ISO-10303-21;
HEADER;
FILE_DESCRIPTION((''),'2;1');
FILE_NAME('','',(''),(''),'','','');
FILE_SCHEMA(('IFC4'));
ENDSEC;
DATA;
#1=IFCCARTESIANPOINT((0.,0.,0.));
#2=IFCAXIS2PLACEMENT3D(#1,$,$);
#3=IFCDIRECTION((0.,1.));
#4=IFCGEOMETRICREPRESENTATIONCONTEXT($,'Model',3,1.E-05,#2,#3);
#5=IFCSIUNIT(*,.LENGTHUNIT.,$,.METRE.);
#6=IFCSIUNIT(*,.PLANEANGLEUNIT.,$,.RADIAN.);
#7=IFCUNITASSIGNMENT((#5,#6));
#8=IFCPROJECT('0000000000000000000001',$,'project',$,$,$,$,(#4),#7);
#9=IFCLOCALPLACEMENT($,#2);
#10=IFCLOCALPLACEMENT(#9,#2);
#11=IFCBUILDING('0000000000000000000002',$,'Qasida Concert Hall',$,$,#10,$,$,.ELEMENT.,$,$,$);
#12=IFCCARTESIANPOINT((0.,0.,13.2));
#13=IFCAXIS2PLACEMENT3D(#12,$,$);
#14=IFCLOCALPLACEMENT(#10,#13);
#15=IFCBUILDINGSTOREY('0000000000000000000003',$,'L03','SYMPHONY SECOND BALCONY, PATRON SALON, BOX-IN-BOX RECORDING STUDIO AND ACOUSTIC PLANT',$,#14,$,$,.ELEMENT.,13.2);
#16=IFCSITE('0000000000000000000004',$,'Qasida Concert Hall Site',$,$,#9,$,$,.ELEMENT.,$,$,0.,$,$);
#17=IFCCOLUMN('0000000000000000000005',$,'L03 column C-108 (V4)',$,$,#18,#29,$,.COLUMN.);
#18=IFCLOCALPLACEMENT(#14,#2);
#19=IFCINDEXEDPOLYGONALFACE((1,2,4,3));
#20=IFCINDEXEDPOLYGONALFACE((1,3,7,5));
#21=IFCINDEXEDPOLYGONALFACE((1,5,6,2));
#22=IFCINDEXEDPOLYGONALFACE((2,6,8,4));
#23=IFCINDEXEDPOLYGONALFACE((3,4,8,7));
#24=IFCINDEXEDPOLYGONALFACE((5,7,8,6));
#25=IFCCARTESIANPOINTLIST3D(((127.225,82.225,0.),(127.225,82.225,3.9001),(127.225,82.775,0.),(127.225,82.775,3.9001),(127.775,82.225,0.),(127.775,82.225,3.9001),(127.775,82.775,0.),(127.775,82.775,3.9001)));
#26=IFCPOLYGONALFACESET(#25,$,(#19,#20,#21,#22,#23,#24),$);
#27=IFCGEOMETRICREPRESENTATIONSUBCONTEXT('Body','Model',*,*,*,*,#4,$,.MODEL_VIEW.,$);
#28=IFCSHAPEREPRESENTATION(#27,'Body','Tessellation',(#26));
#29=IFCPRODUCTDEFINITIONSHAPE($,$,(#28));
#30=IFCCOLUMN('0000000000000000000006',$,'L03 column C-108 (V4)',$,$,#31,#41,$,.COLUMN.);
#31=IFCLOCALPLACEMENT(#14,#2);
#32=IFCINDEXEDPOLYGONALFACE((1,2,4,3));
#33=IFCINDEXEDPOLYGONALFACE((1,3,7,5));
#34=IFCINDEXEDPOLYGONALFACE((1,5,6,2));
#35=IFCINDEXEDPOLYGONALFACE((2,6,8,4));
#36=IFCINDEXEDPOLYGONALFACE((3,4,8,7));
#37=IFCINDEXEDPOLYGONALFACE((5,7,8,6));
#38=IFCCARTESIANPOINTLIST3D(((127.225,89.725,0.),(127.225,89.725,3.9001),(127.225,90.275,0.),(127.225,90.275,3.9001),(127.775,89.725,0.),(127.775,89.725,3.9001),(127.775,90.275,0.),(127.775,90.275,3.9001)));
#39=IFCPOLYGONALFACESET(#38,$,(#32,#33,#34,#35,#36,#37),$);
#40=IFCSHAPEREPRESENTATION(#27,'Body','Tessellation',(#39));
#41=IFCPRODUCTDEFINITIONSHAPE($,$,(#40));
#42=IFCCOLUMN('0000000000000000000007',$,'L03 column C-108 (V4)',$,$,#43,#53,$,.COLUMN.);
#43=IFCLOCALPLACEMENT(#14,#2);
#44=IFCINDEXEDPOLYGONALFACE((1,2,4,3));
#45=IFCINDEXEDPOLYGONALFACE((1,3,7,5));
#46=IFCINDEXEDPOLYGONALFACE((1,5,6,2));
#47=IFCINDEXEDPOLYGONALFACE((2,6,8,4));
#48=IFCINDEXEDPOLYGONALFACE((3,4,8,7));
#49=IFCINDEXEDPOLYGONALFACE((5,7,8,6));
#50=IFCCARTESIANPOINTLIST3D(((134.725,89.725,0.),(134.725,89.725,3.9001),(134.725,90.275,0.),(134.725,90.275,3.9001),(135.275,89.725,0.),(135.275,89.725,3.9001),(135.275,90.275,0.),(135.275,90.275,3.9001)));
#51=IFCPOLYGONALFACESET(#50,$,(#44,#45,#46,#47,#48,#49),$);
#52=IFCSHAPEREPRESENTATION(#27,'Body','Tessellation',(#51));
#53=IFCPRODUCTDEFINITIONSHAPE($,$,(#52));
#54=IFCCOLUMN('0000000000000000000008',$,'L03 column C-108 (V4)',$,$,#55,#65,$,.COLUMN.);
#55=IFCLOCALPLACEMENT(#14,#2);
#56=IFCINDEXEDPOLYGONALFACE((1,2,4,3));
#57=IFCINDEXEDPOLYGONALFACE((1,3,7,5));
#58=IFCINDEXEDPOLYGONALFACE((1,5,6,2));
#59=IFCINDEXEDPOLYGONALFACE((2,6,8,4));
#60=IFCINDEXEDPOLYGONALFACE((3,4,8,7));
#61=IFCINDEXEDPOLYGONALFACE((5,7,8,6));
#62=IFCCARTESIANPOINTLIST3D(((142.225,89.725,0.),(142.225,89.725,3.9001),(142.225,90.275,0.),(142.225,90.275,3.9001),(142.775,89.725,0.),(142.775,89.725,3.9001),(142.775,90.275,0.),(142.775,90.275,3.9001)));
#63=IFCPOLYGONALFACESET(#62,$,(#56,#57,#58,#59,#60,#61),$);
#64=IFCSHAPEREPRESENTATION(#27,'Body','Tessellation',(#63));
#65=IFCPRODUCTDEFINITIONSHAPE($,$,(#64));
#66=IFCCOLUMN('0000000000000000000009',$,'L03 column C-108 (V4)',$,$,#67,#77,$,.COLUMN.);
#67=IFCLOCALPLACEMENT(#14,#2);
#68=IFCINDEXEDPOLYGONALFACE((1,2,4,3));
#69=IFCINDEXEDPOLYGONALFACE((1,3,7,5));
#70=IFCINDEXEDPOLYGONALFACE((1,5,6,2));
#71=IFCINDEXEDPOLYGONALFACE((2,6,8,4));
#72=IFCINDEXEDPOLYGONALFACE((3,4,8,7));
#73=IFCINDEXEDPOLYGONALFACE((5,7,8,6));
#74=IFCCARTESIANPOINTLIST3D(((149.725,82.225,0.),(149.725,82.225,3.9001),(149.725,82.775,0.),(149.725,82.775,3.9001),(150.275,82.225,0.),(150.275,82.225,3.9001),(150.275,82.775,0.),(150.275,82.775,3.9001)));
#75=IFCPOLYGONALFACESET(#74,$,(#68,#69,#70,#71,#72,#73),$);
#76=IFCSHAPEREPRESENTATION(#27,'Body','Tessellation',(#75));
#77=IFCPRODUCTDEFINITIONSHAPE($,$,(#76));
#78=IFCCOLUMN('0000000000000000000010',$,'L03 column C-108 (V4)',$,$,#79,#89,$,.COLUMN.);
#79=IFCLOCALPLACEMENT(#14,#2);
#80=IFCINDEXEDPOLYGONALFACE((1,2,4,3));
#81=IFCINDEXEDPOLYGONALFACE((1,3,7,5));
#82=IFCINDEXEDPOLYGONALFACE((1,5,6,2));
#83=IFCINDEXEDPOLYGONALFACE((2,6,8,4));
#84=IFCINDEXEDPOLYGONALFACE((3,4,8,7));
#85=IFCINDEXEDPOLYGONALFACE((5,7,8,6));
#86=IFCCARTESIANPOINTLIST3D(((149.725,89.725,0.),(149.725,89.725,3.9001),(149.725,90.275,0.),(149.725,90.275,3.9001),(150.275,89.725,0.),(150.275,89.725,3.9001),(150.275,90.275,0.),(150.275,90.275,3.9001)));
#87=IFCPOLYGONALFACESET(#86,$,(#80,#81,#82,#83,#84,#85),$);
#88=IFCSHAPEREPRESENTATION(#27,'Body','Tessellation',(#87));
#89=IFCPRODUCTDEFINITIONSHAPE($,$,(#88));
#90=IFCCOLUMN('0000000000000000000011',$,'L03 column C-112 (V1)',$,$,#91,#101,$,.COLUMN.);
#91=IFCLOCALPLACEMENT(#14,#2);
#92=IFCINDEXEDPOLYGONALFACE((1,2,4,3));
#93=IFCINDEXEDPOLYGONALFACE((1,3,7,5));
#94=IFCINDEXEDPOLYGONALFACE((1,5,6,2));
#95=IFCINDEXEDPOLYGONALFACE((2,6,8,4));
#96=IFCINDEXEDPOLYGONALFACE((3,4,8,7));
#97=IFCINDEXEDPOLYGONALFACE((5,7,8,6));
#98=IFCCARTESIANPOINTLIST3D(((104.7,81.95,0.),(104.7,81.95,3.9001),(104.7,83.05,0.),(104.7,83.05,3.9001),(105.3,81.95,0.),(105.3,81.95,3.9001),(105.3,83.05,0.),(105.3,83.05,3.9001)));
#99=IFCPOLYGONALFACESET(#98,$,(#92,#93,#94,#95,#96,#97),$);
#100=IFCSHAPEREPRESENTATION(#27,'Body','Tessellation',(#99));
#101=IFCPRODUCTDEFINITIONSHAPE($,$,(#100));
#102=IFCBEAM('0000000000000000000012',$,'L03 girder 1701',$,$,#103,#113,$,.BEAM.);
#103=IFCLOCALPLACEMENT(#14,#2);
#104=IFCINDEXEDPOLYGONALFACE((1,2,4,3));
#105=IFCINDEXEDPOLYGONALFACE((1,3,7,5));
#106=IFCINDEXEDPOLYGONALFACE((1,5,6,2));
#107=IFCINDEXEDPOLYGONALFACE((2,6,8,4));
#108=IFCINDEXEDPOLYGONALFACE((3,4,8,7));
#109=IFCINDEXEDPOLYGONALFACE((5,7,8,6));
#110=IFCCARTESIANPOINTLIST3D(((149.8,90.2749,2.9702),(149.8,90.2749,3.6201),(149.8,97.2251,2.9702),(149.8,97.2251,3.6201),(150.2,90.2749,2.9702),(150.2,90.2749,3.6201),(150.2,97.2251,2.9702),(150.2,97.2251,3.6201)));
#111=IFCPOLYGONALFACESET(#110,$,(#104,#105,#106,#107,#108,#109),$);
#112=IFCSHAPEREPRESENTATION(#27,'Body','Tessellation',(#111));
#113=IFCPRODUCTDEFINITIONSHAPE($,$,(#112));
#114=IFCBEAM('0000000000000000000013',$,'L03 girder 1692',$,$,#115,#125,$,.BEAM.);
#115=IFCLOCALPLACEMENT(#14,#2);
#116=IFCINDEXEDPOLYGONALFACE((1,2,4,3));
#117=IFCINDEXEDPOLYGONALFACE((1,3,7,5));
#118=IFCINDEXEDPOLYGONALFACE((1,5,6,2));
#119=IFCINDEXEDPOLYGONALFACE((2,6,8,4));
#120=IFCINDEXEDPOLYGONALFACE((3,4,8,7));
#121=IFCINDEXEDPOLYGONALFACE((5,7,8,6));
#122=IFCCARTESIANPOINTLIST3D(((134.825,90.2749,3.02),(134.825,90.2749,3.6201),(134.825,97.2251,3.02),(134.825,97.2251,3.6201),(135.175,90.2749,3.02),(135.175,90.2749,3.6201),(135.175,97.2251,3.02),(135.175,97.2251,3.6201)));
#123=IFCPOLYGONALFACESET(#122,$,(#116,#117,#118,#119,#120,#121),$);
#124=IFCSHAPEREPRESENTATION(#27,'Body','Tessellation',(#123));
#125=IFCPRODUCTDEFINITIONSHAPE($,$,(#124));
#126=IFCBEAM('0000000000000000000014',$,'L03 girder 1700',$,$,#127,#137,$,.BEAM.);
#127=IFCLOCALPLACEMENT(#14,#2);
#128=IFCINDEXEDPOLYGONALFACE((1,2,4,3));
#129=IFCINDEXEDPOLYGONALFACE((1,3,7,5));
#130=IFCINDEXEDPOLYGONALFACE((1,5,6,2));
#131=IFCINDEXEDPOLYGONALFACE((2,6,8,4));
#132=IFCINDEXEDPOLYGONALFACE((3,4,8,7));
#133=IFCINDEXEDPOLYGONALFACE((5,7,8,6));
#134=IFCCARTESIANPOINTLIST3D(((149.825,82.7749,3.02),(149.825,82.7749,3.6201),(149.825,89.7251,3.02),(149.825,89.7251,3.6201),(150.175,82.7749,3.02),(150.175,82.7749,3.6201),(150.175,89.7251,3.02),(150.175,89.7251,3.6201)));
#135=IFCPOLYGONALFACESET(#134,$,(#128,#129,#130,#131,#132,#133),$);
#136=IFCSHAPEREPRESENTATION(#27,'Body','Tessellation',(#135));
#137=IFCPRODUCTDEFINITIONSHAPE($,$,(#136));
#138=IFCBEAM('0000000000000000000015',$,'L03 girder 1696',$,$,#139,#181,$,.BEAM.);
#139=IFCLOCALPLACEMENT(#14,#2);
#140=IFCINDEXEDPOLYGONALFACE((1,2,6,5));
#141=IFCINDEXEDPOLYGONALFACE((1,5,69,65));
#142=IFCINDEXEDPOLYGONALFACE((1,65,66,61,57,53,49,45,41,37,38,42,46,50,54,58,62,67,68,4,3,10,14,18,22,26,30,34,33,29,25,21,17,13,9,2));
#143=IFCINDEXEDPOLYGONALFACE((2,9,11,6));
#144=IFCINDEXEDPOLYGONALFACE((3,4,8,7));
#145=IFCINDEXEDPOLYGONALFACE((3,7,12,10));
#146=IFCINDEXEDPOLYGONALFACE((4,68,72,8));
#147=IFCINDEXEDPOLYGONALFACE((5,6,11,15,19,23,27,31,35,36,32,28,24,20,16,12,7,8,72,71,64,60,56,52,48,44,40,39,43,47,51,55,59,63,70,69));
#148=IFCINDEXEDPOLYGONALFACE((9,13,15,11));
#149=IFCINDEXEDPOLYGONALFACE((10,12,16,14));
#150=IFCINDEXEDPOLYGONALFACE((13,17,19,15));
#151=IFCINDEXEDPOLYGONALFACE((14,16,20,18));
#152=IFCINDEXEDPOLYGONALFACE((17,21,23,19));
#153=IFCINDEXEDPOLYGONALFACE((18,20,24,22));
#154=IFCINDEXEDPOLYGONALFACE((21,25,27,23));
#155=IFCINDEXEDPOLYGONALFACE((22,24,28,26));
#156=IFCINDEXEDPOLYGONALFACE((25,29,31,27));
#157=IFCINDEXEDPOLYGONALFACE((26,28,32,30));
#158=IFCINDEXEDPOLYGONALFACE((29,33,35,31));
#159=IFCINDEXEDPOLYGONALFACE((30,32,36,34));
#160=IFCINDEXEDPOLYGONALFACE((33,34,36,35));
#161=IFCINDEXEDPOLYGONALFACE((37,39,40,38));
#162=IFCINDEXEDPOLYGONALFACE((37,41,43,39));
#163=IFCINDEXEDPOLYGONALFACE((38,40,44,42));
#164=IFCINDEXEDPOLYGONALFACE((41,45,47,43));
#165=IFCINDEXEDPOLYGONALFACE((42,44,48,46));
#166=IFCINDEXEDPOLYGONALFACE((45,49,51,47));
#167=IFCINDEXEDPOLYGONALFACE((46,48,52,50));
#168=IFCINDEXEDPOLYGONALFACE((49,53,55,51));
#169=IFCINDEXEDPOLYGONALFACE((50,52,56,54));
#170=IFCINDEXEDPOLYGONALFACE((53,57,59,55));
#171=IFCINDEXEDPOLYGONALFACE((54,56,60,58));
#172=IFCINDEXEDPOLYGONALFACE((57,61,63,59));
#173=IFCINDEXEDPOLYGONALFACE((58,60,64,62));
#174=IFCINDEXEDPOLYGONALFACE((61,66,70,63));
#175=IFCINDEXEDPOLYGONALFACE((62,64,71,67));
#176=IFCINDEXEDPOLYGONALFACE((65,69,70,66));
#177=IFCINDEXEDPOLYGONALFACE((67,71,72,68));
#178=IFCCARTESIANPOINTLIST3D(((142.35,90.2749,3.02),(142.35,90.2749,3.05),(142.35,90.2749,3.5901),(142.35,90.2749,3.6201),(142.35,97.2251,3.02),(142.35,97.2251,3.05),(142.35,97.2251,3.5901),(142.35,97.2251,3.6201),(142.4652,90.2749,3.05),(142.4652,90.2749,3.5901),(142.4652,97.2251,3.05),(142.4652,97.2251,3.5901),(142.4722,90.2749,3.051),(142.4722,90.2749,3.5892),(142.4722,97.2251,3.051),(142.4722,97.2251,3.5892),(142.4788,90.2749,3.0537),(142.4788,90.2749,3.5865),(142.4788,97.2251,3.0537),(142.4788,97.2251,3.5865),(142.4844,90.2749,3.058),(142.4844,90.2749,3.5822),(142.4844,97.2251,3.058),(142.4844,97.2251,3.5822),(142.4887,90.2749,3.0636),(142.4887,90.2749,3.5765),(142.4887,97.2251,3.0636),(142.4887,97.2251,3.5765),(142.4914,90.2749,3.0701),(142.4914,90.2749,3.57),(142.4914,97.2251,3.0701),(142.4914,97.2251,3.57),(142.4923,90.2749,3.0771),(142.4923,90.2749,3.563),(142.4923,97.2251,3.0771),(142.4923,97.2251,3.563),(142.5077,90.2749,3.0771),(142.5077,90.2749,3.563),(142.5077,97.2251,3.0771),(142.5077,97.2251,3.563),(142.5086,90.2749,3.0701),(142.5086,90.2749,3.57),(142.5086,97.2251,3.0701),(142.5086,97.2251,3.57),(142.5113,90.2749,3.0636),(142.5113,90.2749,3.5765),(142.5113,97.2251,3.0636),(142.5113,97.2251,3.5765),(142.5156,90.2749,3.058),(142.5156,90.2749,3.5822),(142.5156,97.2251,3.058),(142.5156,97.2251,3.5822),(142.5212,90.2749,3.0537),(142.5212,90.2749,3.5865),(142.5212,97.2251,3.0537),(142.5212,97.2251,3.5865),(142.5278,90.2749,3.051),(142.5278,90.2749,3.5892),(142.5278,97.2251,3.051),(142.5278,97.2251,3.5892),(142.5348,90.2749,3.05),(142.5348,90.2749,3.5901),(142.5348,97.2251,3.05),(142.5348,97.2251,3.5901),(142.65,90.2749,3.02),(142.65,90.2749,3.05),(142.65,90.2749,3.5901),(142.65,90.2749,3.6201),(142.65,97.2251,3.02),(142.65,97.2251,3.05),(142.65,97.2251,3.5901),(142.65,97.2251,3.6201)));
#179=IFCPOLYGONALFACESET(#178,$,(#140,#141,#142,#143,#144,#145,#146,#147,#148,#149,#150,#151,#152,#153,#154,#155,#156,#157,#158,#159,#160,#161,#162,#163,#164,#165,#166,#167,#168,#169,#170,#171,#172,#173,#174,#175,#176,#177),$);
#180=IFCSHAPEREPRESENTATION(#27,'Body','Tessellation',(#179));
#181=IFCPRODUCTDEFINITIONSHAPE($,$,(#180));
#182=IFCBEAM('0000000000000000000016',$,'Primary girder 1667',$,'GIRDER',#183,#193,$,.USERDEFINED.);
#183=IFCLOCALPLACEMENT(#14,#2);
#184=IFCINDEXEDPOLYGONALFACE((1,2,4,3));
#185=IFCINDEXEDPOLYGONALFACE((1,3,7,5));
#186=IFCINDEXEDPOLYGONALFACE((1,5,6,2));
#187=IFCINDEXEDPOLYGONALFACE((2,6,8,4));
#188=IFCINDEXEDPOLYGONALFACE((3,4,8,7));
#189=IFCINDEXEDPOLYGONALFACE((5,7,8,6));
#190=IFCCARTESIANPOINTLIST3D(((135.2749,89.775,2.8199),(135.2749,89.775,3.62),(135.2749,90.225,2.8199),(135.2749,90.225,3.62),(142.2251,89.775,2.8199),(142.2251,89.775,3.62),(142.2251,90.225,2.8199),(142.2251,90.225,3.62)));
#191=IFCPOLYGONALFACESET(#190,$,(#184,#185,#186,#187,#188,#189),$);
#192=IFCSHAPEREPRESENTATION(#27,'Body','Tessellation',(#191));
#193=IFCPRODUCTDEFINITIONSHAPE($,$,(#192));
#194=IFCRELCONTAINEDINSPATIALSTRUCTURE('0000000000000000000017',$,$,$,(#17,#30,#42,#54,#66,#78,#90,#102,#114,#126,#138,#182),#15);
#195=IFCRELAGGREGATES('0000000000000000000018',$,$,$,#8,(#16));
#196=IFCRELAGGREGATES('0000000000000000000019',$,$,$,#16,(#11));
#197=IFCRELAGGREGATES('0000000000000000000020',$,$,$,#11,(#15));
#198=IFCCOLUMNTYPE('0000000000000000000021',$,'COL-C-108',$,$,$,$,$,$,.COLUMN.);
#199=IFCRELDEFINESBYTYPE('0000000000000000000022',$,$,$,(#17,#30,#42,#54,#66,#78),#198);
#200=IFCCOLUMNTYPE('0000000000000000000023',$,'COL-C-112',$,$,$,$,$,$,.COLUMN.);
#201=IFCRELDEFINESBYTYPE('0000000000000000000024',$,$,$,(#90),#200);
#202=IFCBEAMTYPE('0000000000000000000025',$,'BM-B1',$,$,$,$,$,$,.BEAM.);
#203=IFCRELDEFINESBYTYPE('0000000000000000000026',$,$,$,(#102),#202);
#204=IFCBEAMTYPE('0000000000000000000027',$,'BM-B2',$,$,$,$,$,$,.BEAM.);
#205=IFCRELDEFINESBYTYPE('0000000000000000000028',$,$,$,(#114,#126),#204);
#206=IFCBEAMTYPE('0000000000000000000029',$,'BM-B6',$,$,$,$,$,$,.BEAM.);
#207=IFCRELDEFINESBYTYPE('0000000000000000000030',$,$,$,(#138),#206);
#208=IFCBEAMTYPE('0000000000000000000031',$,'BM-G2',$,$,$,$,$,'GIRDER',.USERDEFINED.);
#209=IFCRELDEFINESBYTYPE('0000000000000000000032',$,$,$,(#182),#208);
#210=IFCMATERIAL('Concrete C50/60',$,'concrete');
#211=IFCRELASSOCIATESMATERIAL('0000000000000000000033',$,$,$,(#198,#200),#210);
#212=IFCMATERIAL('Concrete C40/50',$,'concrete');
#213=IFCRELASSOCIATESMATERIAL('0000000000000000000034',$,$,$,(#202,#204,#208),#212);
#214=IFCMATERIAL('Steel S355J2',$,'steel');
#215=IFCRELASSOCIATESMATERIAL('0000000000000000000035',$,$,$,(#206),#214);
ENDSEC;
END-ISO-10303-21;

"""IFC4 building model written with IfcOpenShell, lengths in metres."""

from ifc_helpers import new_model, si_unit, direction, frame, origin, origin_2d, place, context, subcontext, project, spatial, rectangle, i_section, extrude, material, material_profile, profile_set, type_object, element, save


model = new_model("IFC4")

# Units and contexts
model_context = context("Model", 3, precision=1e-05, world=origin(), true_north=direction((0.0, 1.0)))
body_context = subcontext(model_context, "Body", "Model", "MODEL_VIEW")
ifc_project = project(units=[si_unit("LENGTHUNIT", "METRE"), si_unit("PLANEANGLEUNIT", "RADIAN")], contexts=[model_context])

# Site, building, storey
site_placement = place(None, origin())
site = spatial("IfcSite", under=ifc_project, at=site_placement, Name="Qasida Concert Hall Site", CompositionType="ELEMENT", RefElevation=0.0)
building_placement = place(site_placement, origin())
building = spatial("IfcBuilding", under=site, at=building_placement, Name="Qasida Concert Hall", CompositionType="ELEMENT")
storey_placement = place(building_placement, frame((0.0, 0.0, 13.2)))
storey = spatial("IfcBuildingStorey", under=building, at=storey_placement, Name="L03", Description="SYMPHONY SECOND BALCONY, PATRON SALON, BOX-IN-BOX RECORDING STUDIO AND ACOUSTIC PLANT", CompositionType="ELEMENT", Elevation=13.2)

# Columns
ifc_material_1 = material(Name="Concrete C50/60", Category="concrete")
ifc_material_profile_1 = material_profile(ifc_material_1, rectangle(XDim=0.55, YDim=0.55, at=origin_2d()), Name="RC 550x550")
ifc_profile_set_1 = profile_set([ifc_material_profile_1], Name="Concrete C50/60")
column_type_1 = type_object("IfcColumnType", Name="COL-C-108", PredefinedType="COLUMN", material=ifc_profile_set_1)
for number, where, z_axis, x_axis, name in (
    (1, (127.5, 82.5, 0.0), (0.0, 0.0, 1.0), (1.0, 0.0, 0.0), "L03 column C-108 (V4)"),
    (2, (127.5, 90.0, 0.0), (0.0, 0.0, 1.0), (1.0, 0.0, 0.0), "L03 column C-108 (V4)"),
    (3, (135.0, 90.0, 0.0), (0.0, 0.0, 1.0), (1.0, 0.0, 0.0), "L03 column C-108 (V4)"),
    (4, (142.5, 90.0, 0.0), (0.0, 0.0, 1.0), (1.0, 0.0, 0.0), "L03 column C-108 (V4)"),
    (5, (150.0, 82.5, 0.0), (0.0, 0.0, 1.0), (1.0, 0.0, 0.0), "L03 column C-108 (V4)"),
    (6, (150.0, 90.0, 0.0), (0.0, 0.0, 1.0), (1.0, 0.0, 0.0), "L03 column C-108 (V4)"),
):
    element("IfcColumn", number, at=place(storey_placement, frame(where, z_axis=z_axis, x_axis=x_axis)), inside=storey, type_object=column_type_1, Name=name, PredefinedType="COLUMN", context=body_context, shape_type="SweptSolid", body=[
        extrude(rectangle(XDim=0.55, YDim=0.55, at=origin_2d()), origin(), (0.0, 0.0, 1.0), 3.9001),
    ])
ifc_material_profile_2 = material_profile(ifc_material_1, rectangle(XDim=0.6001, YDim=1.1001, at=origin_2d()), Name="RC 600x1100")
ifc_profile_set_2 = profile_set([ifc_material_profile_2], Name="Concrete C50/60")
column_type_2 = type_object("IfcColumnType", Name="COL-C-112", PredefinedType="COLUMN", material=ifc_profile_set_2)
column_placement = place(storey_placement, frame((105.0, 82.5, 0.0), z_axis=(0.0, 0.0, 1.0), x_axis=(1.0, 0.0, 0.0)))
element("IfcColumn", 7, at=column_placement, inside=storey, type_object=column_type_2, Name="L03 column C-112 (V1)", PredefinedType="COLUMN", context=body_context, shape_type="SweptSolid", body=[
    extrude(rectangle(XDim=0.6001, YDim=1.1001, at=origin_2d()), origin(), (0.0, 0.0, 1.0), 3.9001),
])

# Beams
ifc_material_2 = material(Name="Concrete C40/50", Category="concrete")
ifc_material_profile_3 = material_profile(ifc_material_2, rectangle(XDim=0.3999, YDim=0.6499, at=origin_2d()), Name="RC 400x650")
ifc_profile_set_3 = profile_set([ifc_material_profile_3], Name="Concrete C40/50")
beam_type_1 = type_object("IfcBeamType", Name="BM-B1", PredefinedType="BEAM", material=ifc_profile_set_3)
beam_1_placement = place(storey_placement, frame((150.0, 90.2749, 3.2952), z_axis=(0.0, 1.0, 0.0), x_axis=(-1.0, 0.0, 0.0)))
element("IfcBeam", 8, at=beam_1_placement, inside=storey, type_object=beam_type_1, Name="L03 girder 1701", PredefinedType="BEAM", context=body_context, shape_type="SweptSolid", body=[
    extrude(rectangle(XDim=0.3999, YDim=0.6499, at=origin_2d()), origin(), (0.0, 0.0, 1.0), 6.9502),
])
ifc_material_profile_4 = material_profile(ifc_material_2, rectangle(XDim=0.3501, YDim=0.6001, at=origin_2d()), Name="RC 350x600")
ifc_profile_set_4 = profile_set([ifc_material_profile_4], Name="Concrete C40/50")
beam_type_2 = type_object("IfcBeamType", Name="BM-B2", PredefinedType="BEAM", material=ifc_profile_set_4)
for number, where, z_axis, x_axis, name in (
    (9, (135.0, 90.2749, 3.3201), (0.0, 1.0, 0.0), (-1.0, 0.0, 0.0), "L03 girder 1692"),
    (10, (150.0, 82.7749, 3.3201), (0.0, 1.0, 0.0), (-1.0, 0.0, 0.0), "L03 girder 1700"),
):
    element("IfcBeam", number, at=place(storey_placement, frame(where, z_axis=z_axis, x_axis=x_axis)), inside=storey, type_object=beam_type_2, Name=name, PredefinedType="BEAM", context=body_context, shape_type="SweptSolid", body=[
        extrude(rectangle(XDim=0.3501, YDim=0.6001, at=origin_2d()), origin(), (0.0, 0.0, 1.0), 6.9502),
    ])
ifc_material_3 = material(Name="Steel S355J2", Category="steel")
ifc_material_profile_5 = material_profile(ifc_material_3, i_section(OverallWidth=0.3, OverallDepth=0.6001, WebThickness=0.0154, FlangeThickness=0.03, FilletRadius=0.0271, at=origin_2d()), Name="HEB 600")
ifc_profile_set_5 = profile_set([ifc_material_profile_5], Name="Steel S355J2")
beam_type_3 = type_object("IfcBeamType", Name="BM-B6", PredefinedType="BEAM", material=ifc_profile_set_5)
beam_2_placement = place(storey_placement, frame((142.5, 90.2749, 3.3201), z_axis=(0.0, 1.0, 0.0), x_axis=(-1.0, 0.0, 0.0)))
element("IfcBeam", 11, at=beam_2_placement, inside=storey, type_object=beam_type_3, Name="L03 girder 1696", PredefinedType="BEAM", context=body_context, shape_type="SweptSolid", body=[
    extrude(i_section(OverallWidth=0.3, OverallDepth=0.6001, WebThickness=0.0154, FlangeThickness=0.03, FilletRadius=0.0271, at=origin_2d()), origin(), (0.0, 0.0, 1.0), 6.9502),
])
ifc_material_profile_6 = material_profile(ifc_material_2, rectangle(XDim=0.45, YDim=0.8, at=origin_2d()), Name="RC 450x800")
ifc_profile_set_6 = profile_set([ifc_material_profile_6], Name="Concrete C40/50")
beam_type_4 = type_object("IfcBeamType", Name="BM-G2", ElementType="GIRDER", PredefinedType="USERDEFINED", material=ifc_profile_set_6)
beam_3_placement = place(storey_placement, frame((135.2749, 90.0, 3.22), z_axis=(1.0, 0.0, 0.0), x_axis=(0.0, 1.0, 0.0)))
element("IfcBeam", 12, at=beam_3_placement, inside=storey, type_object=beam_type_4, Name="Primary girder 1667", ObjectType="GIRDER", PredefinedType="USERDEFINED", context=body_context, shape_type="SweptSolid", body=[
    extrude(rectangle(XDim=0.45, YDim=0.8, at=origin_2d()), origin(), (0.0, 0.0, 1.0), 6.9502),
])

save(model, "model.ifc")
